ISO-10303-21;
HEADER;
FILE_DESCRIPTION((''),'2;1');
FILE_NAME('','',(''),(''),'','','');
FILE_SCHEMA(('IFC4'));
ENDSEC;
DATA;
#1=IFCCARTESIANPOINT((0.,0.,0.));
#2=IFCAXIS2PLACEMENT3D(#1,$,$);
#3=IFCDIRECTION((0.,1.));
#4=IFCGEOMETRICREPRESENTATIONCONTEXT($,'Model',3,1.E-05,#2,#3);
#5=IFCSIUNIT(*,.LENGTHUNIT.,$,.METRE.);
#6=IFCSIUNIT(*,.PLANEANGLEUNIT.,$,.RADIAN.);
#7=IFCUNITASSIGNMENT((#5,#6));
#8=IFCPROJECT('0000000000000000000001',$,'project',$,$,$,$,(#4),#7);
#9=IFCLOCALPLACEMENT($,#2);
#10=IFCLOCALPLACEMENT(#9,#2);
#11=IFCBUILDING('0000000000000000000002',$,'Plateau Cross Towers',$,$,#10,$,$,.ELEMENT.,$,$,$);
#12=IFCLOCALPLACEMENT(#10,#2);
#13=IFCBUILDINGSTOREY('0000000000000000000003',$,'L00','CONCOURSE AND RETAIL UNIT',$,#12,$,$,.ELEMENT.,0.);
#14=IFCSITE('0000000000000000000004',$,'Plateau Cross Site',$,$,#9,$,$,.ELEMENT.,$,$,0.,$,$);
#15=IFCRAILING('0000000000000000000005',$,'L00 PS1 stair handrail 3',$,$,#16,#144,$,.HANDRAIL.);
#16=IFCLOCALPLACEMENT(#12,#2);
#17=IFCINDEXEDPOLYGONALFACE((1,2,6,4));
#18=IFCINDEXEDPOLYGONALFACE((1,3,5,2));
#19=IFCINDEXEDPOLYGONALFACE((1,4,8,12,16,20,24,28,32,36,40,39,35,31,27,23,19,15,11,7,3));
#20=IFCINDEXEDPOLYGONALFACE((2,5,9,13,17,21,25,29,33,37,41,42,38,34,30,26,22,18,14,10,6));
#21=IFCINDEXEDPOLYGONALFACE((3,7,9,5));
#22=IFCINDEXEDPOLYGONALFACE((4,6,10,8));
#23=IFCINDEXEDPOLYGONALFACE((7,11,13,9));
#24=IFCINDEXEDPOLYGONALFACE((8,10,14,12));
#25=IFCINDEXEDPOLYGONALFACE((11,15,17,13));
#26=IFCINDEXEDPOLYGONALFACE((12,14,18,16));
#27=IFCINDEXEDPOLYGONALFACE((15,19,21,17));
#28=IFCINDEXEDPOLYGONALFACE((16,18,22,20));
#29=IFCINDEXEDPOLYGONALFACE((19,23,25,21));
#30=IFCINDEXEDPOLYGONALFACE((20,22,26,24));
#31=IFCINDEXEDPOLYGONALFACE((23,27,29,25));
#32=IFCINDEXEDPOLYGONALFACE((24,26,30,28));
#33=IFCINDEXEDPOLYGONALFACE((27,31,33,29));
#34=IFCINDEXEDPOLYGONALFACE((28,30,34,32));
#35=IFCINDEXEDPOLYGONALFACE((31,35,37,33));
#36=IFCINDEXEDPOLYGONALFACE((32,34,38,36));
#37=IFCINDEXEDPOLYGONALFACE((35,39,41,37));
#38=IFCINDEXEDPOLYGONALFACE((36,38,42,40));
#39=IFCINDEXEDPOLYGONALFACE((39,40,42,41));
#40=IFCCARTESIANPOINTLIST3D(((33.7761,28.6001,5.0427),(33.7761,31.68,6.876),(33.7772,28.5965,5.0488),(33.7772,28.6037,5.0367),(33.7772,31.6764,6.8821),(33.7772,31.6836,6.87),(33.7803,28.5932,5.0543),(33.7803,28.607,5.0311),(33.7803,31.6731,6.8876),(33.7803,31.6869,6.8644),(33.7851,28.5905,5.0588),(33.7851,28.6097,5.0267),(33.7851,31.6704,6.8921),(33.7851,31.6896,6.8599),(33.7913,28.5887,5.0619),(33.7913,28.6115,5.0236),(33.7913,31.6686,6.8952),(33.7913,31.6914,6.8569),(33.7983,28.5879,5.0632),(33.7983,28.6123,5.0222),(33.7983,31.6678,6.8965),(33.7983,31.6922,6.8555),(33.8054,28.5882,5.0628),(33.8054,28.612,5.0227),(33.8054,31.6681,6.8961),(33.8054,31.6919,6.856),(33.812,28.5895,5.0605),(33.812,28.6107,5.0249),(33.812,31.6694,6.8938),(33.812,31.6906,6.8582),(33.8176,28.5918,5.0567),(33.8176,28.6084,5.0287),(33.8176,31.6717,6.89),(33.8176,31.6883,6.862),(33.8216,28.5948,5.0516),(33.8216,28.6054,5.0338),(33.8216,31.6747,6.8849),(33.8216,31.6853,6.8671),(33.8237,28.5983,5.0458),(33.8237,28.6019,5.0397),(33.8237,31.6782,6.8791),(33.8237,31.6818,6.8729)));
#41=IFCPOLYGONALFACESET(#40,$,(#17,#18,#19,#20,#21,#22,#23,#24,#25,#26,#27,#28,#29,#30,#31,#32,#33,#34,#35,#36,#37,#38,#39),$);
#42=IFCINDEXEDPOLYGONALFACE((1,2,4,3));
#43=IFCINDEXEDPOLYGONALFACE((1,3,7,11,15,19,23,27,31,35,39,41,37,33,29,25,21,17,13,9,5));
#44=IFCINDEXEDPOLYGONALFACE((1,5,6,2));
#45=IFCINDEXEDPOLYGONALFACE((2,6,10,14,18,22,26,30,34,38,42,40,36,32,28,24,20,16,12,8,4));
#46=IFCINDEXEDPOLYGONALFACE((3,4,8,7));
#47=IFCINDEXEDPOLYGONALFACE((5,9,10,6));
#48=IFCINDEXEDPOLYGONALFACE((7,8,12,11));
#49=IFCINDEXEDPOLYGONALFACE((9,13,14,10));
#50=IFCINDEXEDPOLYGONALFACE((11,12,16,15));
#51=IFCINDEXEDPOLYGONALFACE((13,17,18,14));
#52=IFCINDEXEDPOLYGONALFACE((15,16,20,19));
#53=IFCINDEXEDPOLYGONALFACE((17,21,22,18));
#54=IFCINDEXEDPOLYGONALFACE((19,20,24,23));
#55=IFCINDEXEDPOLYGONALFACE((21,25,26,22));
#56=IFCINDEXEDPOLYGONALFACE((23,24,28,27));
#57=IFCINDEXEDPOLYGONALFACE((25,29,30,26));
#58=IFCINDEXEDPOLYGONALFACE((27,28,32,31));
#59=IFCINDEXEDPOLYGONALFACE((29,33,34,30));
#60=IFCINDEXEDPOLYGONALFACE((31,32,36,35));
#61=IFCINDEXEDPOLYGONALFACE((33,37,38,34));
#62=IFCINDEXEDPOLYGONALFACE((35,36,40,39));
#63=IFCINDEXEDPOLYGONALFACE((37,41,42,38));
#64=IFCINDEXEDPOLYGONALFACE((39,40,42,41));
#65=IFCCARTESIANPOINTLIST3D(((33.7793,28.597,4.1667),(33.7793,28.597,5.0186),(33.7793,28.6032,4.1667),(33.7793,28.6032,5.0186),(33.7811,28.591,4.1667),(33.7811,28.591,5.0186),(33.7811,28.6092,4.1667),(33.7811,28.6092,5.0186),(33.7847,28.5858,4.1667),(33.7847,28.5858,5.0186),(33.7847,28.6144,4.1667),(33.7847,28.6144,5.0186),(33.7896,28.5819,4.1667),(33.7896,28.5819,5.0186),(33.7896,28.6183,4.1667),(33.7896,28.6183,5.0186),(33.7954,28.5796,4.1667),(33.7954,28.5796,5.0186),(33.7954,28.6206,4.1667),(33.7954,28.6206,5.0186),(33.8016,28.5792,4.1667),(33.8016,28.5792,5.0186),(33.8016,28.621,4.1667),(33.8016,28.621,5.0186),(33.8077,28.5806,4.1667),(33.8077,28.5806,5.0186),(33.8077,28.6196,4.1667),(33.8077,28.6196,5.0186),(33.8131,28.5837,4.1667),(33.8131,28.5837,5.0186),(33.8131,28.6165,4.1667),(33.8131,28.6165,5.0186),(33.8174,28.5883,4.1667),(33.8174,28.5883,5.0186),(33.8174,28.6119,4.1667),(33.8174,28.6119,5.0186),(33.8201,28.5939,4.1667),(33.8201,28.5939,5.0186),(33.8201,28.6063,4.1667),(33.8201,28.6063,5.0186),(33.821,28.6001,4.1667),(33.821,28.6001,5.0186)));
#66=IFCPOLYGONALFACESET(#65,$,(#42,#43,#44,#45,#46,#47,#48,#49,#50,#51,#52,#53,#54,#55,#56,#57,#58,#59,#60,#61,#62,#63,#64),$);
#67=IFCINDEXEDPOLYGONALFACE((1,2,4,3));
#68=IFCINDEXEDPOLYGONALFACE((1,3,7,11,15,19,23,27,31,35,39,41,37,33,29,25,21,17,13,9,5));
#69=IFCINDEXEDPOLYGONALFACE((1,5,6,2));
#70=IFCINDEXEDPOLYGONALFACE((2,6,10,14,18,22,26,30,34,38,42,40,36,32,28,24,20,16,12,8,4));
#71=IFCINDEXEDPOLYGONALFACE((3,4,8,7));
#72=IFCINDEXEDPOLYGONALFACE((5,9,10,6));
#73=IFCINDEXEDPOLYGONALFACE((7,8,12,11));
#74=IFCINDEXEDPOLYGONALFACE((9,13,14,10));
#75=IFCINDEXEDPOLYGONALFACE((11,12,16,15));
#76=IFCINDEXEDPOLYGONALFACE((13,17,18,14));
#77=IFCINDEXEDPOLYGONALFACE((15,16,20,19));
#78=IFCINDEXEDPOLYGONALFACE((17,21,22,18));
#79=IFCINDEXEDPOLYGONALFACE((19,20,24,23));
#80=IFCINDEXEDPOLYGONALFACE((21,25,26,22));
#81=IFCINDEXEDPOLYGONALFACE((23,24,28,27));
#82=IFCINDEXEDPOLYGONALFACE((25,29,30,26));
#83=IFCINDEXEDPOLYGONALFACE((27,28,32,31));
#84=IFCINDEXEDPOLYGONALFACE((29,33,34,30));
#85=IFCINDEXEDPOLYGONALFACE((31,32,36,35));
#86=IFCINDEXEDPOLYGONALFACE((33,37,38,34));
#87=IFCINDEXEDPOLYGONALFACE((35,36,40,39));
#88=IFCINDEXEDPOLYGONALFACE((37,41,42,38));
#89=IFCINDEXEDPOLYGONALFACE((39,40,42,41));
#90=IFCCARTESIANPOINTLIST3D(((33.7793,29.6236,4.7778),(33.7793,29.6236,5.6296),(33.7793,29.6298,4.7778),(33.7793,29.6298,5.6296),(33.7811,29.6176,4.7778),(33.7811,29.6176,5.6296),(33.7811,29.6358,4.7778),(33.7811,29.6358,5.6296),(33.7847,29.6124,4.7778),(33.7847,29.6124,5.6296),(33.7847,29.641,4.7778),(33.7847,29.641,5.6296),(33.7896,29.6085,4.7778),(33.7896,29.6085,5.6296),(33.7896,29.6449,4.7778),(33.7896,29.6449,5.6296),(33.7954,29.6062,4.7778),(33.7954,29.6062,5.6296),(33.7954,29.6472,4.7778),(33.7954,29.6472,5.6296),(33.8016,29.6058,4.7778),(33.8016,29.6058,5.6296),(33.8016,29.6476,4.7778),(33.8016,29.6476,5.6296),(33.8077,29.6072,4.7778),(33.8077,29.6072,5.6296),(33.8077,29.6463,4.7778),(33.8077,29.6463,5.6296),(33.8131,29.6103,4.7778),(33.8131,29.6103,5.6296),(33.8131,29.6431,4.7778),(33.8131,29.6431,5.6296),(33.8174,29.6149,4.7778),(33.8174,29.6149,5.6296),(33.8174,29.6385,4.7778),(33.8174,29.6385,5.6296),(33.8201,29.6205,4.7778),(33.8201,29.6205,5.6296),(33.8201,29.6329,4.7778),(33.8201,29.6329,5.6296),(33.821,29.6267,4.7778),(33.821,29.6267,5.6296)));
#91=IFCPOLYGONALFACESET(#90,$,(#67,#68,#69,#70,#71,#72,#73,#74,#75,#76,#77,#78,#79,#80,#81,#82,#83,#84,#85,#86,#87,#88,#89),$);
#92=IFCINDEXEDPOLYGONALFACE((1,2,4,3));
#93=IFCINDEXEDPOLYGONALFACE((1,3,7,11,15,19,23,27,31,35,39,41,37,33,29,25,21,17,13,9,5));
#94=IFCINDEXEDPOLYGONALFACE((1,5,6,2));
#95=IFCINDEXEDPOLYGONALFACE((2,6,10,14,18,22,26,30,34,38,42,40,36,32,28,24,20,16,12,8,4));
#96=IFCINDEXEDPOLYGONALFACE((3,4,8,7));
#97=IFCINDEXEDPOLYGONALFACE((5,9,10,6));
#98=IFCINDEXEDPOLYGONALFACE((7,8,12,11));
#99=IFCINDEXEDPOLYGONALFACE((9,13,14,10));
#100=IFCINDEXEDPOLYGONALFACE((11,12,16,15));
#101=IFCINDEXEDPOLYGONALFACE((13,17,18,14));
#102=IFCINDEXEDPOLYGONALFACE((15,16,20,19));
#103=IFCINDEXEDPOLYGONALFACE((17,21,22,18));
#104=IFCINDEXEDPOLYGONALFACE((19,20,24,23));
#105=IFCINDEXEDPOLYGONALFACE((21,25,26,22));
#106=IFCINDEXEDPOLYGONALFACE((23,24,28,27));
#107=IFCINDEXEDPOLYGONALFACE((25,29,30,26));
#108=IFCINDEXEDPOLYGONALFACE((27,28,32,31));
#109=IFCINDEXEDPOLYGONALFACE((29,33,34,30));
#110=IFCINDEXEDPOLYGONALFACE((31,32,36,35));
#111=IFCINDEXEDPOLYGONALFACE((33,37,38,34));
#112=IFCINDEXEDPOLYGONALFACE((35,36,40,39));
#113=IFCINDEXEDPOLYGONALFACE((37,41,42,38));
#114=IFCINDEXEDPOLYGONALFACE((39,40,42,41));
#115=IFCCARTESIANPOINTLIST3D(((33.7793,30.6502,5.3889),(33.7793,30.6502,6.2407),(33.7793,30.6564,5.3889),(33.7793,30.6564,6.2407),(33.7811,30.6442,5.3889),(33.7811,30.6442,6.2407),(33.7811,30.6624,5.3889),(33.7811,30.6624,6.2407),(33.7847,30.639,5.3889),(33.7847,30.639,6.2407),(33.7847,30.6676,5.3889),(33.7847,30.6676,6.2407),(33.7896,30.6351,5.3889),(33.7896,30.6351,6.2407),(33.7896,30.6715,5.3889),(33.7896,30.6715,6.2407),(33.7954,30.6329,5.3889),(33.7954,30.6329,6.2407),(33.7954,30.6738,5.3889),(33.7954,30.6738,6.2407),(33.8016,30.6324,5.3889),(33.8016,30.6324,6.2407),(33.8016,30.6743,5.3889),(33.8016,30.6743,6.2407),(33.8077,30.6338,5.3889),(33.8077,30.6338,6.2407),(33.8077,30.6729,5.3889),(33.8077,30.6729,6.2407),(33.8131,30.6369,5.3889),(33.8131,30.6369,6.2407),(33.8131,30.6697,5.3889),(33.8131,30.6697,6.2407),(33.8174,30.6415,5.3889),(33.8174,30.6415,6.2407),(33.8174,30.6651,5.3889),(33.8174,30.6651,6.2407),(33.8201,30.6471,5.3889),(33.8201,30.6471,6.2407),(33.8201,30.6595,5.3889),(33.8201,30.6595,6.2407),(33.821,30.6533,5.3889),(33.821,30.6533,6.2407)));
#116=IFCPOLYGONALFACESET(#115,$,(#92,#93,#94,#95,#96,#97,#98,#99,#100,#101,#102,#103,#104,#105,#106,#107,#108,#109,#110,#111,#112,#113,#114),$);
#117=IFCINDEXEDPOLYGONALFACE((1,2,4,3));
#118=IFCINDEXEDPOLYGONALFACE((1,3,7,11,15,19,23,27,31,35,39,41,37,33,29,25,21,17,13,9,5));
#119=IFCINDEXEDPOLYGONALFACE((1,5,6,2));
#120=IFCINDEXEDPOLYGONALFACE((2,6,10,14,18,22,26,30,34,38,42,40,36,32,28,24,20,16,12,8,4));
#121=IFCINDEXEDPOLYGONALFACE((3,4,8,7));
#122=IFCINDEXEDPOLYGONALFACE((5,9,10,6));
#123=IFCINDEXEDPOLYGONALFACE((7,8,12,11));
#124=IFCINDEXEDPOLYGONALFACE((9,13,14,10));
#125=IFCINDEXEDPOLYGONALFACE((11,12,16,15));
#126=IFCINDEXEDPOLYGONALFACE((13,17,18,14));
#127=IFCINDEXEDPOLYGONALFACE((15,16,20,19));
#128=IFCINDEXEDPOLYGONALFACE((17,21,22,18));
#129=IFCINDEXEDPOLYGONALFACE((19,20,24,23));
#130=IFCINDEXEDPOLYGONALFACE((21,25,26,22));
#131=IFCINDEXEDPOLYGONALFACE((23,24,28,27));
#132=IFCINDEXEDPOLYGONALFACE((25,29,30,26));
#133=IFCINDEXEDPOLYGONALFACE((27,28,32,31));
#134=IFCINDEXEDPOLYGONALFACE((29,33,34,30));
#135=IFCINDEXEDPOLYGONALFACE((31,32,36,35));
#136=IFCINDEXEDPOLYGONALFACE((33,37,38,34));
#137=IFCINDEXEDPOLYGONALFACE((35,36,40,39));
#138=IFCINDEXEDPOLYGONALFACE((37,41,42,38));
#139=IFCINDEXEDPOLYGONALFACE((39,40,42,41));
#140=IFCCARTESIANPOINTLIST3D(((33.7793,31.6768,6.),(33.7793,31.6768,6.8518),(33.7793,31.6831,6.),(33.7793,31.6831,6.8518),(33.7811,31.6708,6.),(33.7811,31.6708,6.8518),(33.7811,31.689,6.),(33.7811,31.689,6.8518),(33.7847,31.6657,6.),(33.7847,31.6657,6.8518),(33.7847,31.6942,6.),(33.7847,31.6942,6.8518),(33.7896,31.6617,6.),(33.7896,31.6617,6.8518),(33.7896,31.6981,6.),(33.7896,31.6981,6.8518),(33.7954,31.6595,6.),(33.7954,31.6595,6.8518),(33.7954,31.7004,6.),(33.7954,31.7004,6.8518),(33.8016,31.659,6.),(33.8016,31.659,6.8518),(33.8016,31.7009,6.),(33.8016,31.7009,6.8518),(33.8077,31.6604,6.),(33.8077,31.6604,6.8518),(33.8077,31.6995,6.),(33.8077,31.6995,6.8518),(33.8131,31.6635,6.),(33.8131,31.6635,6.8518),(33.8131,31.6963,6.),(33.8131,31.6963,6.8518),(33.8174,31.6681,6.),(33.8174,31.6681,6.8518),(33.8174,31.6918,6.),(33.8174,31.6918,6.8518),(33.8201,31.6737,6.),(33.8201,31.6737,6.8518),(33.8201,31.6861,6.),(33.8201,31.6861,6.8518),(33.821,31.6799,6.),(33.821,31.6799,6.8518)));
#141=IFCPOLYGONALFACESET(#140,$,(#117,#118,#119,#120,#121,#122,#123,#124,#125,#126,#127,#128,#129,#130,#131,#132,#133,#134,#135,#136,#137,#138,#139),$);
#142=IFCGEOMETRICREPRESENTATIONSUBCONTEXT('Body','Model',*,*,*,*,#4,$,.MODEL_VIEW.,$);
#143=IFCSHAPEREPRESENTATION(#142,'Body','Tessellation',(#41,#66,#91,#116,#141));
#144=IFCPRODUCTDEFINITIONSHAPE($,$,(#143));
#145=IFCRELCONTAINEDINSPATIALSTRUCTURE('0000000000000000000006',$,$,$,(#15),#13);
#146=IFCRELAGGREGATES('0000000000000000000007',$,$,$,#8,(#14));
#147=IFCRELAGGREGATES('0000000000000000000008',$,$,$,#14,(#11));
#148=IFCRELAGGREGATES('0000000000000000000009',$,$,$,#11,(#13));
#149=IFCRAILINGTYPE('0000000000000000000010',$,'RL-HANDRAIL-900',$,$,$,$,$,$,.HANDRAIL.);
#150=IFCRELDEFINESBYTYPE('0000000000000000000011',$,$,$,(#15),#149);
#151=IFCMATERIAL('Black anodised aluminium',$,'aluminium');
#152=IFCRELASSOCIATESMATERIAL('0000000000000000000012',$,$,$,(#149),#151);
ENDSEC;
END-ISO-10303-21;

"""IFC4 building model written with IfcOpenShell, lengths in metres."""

from ifc_helpers import new_model, si_unit, direction, frame, origin, origin_2d, place, context, subcontext, project, spatial, circle, extrude, material, type_object, element, save


model = new_model("IFC4")

# Units and contexts
model_context = context("Model", 3, precision=1e-05, world=origin(), true_north=direction((0.0, 1.0)))
body_context = subcontext(model_context, "Body", "Model", "MODEL_VIEW")
ifc_project = project(units=[si_unit("LENGTHUNIT", "METRE"), si_unit("PLANEANGLEUNIT", "RADIAN")], contexts=[model_context])

# Site, building, storey
site_placement = place(None, origin())
site = spatial("IfcSite", under=ifc_project, at=site_placement, Name="Plateau Cross Site", CompositionType="ELEMENT", RefElevation=0.0)
building_placement = place(site_placement, origin())
building = spatial("IfcBuilding", under=site, at=building_placement, Name="Plateau Cross Towers", CompositionType="ELEMENT")
storey_placement = place(building_placement, origin())
storey = spatial("IfcBuildingStorey", under=building, at=storey_placement, Name="L00", Description="CONCOURSE AND RETAIL UNIT", CompositionType="ELEMENT", Elevation=0.0)

# Railing
ifc_material_1 = material(Name="Black anodised aluminium", Category="aluminium")
railing_type_1 = type_object("IfcRailingType", Name="RL-HANDRAIL-900", PredefinedType="HANDRAIL", material=ifc_material_1)
for number, where, name in (
    (1, (33.8, 28.6001, 4.1667), "L00 PS1 stair handrail 3"),
):
    element("IfcRailing", number, at=place(storey_placement, frame(where)), inside=storey, type_object=railing_type_1, Name=name, PredefinedType="HANDRAIL", context=body_context, shape_type="SweptSolid", body=[
        extrude(circle(Radius=0.0239, at=origin_2d()), frame((0.0, 0.0, 0.876), z_axis=(0.0, 0.859291, 0.511487), x_axis=(-1.0, 0.0, 0.0)), (0.0, 0.0, 1.0), 3.5842),
        extrude(circle(Radius=0.021, at=origin_2d()), origin(), (0.0, 0.0, 1.0), 0.8518),
        extrude(circle(Radius=0.021, at=origin_2d()), frame((0.0, 1.0266, 0.6111)), (0.0, 0.0, 1.0), 0.8518),
        extrude(circle(Radius=0.021, at=origin_2d()), frame((0.0, 2.0532, 1.2222)), (0.0, 0.0, 1.0), 0.8518),
        extrude(circle(Radius=0.021, at=origin_2d()), frame((0.0, 3.0798, 1.8333)), (0.0, 0.0, 1.0), 0.8518),
    ])

save(model, "model.ifc")
